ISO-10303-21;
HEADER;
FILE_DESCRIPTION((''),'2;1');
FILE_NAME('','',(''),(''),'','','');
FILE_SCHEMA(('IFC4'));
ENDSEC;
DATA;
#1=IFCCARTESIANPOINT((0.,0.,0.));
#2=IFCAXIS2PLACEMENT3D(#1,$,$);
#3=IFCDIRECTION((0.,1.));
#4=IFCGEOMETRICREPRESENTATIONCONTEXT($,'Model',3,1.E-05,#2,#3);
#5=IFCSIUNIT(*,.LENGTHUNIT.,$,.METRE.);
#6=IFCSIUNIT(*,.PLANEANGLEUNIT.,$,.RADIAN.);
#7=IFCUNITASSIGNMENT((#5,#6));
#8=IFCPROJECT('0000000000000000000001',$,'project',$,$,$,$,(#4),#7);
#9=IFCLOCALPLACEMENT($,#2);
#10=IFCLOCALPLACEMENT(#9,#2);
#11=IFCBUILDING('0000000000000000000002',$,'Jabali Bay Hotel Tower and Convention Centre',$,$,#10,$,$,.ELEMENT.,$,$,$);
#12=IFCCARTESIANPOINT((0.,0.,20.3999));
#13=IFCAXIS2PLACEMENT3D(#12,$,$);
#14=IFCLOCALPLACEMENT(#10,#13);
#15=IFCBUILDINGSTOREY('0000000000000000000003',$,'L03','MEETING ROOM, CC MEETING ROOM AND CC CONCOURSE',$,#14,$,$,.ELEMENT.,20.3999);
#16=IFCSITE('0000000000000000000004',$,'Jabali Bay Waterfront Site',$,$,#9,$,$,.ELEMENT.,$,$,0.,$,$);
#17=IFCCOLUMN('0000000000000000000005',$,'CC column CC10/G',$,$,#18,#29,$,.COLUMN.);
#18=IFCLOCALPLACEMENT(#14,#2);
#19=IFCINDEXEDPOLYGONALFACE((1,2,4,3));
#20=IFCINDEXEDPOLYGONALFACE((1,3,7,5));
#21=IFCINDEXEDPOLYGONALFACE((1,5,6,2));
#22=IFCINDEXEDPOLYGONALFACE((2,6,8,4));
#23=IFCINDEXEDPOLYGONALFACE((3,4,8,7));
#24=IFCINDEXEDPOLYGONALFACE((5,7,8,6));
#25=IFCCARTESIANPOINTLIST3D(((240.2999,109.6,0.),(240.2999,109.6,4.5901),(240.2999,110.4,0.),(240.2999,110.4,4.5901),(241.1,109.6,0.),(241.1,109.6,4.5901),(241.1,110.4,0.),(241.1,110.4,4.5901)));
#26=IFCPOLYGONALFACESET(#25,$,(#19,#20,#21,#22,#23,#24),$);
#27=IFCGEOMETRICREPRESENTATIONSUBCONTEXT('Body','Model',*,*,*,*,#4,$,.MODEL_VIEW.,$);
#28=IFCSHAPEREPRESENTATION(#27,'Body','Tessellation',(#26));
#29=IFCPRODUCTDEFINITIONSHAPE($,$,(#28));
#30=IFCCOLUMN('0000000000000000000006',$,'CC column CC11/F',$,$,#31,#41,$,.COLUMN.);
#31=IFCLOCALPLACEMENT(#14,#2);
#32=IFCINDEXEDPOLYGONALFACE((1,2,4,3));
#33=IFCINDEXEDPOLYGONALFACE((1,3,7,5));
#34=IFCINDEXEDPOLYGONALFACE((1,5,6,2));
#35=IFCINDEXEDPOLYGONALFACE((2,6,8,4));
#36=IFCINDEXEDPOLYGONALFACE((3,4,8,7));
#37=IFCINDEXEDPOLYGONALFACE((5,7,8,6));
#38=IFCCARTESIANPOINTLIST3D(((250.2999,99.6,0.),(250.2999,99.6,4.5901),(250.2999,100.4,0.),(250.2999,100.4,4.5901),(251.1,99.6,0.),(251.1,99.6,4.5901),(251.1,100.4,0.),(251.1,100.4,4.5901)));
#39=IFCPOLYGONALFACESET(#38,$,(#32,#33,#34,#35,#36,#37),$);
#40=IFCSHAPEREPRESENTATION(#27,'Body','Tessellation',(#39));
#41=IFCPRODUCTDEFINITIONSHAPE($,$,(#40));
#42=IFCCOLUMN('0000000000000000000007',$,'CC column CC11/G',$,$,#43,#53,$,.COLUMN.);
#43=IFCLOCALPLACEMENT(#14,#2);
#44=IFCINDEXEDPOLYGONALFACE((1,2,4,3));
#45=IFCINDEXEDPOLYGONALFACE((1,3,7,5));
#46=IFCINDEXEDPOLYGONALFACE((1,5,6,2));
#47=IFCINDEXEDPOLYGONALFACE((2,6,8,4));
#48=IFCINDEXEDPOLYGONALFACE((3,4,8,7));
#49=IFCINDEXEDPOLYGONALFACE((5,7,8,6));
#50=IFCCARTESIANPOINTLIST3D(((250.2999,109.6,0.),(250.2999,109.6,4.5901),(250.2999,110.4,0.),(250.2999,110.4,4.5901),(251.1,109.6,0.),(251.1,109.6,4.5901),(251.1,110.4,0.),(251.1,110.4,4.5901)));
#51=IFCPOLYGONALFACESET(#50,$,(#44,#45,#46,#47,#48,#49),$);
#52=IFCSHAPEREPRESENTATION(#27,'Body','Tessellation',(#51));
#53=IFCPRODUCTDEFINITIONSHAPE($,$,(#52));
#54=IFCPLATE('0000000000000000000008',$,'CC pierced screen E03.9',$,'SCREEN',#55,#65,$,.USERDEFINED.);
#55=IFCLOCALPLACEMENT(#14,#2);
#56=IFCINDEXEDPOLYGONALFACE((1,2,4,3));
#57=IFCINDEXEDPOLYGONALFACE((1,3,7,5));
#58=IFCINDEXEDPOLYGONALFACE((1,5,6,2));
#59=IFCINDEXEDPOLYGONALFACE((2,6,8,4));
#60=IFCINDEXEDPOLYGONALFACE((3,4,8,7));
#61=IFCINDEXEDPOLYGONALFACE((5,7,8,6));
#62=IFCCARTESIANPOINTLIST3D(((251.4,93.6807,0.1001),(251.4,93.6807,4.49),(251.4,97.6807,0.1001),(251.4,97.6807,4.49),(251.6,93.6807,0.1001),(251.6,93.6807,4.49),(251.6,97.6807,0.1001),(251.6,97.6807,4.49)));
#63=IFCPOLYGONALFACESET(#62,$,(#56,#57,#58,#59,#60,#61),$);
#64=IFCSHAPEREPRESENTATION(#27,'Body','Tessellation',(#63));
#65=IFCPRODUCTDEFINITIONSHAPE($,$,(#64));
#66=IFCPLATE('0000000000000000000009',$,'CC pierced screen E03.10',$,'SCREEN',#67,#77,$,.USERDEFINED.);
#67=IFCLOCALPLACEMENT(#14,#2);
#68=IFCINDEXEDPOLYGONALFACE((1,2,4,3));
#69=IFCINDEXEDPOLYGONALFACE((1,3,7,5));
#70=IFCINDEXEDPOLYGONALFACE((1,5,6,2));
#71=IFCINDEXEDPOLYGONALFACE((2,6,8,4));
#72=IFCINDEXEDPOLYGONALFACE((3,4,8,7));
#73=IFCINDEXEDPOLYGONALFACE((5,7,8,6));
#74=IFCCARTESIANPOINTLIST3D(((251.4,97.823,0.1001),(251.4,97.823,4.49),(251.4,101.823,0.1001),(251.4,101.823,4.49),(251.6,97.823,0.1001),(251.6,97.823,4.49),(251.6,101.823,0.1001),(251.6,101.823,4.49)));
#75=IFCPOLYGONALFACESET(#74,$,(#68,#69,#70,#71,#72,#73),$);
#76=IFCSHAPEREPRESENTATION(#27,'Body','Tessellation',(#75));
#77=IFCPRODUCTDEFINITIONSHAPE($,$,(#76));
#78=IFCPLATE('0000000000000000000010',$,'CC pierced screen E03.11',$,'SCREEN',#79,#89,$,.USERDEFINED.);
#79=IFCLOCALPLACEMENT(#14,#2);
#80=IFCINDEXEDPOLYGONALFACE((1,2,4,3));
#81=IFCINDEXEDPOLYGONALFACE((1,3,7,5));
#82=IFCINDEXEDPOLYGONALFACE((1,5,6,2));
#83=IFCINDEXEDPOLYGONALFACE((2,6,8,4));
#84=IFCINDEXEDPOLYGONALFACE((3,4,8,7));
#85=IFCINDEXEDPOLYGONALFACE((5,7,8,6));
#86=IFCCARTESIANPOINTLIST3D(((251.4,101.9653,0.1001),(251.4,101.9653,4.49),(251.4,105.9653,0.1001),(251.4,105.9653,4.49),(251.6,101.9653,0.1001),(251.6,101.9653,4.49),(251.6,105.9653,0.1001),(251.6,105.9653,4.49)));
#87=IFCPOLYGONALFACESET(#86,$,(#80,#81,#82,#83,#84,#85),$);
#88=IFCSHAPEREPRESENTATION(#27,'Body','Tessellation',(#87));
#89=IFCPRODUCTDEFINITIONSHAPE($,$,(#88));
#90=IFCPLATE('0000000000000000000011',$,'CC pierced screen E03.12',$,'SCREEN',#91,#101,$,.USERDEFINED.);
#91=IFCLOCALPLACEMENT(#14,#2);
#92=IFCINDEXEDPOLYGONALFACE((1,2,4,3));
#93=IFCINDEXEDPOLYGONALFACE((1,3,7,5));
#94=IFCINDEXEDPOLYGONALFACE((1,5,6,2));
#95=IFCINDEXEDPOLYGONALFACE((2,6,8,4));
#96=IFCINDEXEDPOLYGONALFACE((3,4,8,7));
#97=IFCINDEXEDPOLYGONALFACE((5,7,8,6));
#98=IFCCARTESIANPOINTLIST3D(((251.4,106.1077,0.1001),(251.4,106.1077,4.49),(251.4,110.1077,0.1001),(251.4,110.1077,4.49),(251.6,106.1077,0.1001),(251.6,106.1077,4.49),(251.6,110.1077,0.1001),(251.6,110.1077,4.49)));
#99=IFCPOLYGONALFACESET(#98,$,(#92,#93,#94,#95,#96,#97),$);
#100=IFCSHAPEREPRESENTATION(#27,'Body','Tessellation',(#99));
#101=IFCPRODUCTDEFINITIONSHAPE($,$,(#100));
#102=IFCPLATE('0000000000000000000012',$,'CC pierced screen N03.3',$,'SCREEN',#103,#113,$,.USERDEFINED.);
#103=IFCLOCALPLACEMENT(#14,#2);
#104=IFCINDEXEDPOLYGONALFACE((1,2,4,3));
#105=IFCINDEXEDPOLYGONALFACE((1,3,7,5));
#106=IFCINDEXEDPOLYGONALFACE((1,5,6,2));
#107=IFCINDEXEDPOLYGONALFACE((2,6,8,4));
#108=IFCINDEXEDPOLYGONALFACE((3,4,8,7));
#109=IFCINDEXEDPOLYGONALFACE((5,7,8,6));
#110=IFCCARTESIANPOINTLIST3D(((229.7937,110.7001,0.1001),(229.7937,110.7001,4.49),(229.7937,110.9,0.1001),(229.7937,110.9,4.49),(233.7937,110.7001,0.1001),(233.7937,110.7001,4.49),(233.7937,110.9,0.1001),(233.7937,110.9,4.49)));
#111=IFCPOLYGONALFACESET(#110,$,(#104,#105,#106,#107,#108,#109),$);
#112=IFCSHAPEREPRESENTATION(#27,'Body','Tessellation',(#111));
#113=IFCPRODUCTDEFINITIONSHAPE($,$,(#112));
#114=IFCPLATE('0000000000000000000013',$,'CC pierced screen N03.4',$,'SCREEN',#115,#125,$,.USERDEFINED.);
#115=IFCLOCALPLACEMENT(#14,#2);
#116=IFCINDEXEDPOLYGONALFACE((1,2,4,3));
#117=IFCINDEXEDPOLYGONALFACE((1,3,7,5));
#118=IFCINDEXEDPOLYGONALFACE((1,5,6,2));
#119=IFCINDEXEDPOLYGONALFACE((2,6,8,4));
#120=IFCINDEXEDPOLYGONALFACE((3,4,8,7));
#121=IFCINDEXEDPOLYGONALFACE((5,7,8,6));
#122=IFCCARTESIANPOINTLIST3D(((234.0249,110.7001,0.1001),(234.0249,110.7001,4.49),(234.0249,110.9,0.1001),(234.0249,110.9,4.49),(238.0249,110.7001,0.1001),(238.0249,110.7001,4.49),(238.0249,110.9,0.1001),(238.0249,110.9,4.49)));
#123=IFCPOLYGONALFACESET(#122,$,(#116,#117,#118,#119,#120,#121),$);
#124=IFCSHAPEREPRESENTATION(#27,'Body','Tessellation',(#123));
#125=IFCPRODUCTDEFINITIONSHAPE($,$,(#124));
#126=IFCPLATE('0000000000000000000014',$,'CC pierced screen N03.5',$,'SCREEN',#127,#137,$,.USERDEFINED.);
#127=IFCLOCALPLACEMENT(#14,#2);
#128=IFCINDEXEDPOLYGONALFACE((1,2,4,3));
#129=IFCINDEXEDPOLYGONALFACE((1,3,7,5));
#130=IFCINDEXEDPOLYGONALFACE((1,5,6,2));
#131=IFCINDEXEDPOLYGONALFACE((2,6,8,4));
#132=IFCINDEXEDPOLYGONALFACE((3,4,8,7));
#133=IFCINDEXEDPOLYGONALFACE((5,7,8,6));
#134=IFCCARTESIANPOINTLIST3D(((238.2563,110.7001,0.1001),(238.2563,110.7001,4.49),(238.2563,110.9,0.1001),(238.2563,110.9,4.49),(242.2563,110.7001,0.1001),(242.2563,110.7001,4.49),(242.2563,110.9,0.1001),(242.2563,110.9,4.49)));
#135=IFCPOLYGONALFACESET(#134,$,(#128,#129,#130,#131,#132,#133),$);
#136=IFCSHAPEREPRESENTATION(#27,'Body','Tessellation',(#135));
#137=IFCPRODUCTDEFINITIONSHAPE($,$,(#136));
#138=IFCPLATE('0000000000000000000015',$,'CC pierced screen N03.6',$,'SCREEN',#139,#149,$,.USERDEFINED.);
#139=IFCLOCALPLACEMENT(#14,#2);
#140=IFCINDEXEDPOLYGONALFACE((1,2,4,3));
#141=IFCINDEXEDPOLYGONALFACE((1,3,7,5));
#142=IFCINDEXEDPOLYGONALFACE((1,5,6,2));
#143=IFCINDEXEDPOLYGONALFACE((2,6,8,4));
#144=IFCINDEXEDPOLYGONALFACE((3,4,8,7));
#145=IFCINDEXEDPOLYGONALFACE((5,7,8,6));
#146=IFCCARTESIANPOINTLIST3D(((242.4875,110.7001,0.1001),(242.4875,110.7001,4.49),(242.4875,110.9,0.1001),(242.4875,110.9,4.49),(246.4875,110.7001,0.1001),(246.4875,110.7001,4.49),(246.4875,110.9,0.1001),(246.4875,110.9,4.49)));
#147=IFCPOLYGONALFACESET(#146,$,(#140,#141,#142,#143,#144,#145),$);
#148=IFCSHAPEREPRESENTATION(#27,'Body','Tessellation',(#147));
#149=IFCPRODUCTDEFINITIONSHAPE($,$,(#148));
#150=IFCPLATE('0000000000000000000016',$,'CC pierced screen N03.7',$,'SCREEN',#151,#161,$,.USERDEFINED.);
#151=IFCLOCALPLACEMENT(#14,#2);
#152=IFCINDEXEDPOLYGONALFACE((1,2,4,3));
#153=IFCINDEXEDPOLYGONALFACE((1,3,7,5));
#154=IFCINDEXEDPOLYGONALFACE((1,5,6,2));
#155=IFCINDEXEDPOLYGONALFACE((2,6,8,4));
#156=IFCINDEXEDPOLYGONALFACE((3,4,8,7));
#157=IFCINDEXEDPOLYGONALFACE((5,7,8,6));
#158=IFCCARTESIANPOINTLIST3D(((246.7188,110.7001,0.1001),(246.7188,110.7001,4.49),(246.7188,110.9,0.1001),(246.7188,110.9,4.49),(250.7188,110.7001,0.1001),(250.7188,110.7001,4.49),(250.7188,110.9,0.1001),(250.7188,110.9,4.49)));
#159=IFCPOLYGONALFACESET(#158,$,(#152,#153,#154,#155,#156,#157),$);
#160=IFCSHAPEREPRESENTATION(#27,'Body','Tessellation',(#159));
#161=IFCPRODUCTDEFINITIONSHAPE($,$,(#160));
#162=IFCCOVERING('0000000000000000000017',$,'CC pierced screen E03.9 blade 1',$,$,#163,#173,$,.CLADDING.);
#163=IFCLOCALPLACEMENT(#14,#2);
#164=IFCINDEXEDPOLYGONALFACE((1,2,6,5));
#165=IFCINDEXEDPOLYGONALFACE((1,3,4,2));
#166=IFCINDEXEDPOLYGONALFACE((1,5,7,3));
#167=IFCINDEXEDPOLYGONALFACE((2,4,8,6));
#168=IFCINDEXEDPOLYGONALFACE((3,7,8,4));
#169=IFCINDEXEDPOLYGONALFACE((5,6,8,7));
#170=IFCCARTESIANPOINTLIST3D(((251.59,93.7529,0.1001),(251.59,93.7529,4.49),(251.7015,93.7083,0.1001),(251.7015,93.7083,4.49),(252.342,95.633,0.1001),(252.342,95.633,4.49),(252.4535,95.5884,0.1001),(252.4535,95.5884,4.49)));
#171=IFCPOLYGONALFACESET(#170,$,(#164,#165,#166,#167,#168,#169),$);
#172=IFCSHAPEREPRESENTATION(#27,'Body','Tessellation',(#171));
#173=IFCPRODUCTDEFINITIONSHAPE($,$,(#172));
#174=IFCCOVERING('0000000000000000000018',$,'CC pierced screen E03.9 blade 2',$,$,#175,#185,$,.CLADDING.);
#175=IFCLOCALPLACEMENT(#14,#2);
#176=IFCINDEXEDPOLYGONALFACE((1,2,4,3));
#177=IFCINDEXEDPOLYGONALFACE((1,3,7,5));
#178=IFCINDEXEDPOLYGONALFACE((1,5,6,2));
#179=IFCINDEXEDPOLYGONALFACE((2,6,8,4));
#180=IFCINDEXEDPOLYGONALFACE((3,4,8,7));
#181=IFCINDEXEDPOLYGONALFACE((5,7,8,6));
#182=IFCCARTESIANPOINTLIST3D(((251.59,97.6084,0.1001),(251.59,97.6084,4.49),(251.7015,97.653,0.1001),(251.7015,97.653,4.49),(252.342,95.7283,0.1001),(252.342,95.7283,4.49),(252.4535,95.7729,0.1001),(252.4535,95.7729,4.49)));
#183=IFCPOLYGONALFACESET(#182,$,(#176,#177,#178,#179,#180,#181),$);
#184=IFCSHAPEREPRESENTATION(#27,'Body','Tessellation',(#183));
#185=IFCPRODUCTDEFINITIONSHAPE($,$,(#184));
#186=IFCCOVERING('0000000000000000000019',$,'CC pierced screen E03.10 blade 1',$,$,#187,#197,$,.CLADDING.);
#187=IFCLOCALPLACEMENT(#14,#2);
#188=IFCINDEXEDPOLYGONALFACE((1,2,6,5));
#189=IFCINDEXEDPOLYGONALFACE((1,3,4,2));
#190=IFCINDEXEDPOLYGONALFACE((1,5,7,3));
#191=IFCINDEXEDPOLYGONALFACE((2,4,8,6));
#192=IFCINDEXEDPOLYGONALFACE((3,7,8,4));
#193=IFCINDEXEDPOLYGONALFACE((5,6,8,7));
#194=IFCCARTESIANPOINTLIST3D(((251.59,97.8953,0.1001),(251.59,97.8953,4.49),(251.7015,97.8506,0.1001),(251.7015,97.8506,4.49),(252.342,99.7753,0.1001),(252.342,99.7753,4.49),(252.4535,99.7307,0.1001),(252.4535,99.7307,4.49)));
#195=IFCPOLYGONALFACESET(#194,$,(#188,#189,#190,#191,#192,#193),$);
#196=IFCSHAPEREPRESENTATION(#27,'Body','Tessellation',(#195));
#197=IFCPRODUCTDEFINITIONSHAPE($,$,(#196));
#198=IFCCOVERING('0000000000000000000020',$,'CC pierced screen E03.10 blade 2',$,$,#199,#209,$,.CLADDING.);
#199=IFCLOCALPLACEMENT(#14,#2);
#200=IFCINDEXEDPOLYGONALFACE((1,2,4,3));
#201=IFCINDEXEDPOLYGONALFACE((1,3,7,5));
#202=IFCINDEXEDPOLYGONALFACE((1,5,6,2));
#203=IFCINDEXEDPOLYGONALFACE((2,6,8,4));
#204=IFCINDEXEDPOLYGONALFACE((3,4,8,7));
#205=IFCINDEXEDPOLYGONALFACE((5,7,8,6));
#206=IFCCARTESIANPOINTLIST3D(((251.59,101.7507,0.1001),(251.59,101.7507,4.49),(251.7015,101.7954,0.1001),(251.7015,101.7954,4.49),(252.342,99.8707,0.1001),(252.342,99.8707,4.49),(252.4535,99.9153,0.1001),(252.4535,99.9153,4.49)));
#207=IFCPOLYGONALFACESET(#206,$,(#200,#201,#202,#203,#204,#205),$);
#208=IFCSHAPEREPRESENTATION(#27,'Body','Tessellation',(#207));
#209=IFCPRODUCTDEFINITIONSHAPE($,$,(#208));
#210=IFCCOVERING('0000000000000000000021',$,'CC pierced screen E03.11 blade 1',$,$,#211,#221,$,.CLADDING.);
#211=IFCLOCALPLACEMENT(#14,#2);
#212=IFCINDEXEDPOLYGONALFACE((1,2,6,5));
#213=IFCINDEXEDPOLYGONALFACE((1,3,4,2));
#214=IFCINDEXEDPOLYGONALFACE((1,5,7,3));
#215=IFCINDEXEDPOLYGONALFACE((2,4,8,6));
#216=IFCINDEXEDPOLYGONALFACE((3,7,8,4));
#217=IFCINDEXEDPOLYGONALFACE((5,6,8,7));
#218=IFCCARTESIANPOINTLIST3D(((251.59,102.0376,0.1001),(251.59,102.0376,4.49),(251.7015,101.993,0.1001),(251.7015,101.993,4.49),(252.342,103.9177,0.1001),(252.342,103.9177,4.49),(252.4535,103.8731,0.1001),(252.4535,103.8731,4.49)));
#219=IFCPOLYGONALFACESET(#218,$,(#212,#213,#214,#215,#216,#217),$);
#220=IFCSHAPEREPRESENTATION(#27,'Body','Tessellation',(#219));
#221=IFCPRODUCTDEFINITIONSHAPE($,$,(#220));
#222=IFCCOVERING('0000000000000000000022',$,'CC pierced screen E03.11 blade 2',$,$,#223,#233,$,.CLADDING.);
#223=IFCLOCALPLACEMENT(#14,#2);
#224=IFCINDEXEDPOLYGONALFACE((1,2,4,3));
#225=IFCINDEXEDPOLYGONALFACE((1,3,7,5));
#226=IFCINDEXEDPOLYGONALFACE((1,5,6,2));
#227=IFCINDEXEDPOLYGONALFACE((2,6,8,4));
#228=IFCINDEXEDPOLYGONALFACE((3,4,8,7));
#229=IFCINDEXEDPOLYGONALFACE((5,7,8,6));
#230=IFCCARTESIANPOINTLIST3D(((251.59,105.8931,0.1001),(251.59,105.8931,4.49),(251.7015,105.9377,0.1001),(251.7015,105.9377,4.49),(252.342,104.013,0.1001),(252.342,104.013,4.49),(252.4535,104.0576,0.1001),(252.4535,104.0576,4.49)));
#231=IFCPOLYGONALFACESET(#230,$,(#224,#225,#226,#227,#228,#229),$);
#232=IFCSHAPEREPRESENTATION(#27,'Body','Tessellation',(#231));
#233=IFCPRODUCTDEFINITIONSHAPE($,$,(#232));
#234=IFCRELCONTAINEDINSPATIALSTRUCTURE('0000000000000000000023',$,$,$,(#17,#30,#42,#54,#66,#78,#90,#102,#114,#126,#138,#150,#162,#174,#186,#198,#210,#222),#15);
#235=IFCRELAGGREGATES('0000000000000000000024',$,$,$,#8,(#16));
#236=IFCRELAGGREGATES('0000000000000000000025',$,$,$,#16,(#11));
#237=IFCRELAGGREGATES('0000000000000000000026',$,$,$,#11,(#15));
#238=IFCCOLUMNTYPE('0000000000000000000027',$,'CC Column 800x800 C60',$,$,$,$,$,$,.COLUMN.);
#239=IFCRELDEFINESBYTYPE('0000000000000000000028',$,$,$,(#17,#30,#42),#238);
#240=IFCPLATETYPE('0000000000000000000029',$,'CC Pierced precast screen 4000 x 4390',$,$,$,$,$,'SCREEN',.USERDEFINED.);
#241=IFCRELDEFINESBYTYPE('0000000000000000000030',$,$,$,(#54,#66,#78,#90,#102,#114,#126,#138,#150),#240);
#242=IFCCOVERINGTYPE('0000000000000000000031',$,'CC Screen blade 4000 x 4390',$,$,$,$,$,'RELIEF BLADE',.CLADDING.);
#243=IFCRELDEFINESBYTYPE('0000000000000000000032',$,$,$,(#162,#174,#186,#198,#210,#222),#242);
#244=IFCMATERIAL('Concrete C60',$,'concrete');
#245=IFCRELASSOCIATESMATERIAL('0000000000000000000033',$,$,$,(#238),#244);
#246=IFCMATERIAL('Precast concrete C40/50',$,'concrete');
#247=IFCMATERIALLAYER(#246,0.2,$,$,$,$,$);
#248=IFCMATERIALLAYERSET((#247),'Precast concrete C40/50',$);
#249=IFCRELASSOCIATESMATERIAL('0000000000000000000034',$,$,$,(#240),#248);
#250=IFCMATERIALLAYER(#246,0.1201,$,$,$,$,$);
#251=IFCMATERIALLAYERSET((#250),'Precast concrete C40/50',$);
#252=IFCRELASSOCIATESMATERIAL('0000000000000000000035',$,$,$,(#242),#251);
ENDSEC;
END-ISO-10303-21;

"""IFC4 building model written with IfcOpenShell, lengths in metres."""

from ifc_helpers import new_model, si_unit, direction, frame, origin, origin_2d, place, context, subcontext, project, spatial, rectangle, extrude, material, layer, layer_set, material_profile, profile_set, type_object, element, save


model = new_model("IFC4")

# Units and contexts
model_context = context("Model", 3, precision=1e-05, world=origin(), true_north=direction((0.0, 1.0)))
body_context = subcontext(model_context, "Body", "Model", "MODEL_VIEW")
ifc_project = project(units=[si_unit("LENGTHUNIT", "METRE"), si_unit("PLANEANGLEUNIT", "RADIAN")], contexts=[model_context])

# Site, building, storey
site_placement = place(None, origin())
site = spatial("IfcSite", under=ifc_project, at=site_placement, Name="Jabali Bay Waterfront Site", CompositionType="ELEMENT", RefElevation=0.0)
building_placement = place(site_placement, origin())
building = spatial("IfcBuilding", under=site, at=building_placement, Name="Jabali Bay Hotel Tower and Convention Centre", CompositionType="ELEMENT")
storey_placement = place(building_placement, frame((0.0, 0.0, 20.3999)))
storey = spatial("IfcBuildingStorey", under=building, at=storey_placement, Name="L03", Description="MEETING ROOM, CC MEETING ROOM AND CC CONCOURSE", CompositionType="ELEMENT", Elevation=20.3999)

# Columns
ifc_material_1 = material(Name="Concrete C60", Category="concrete")
ifc_material_profile = material_profile(ifc_material_1, rectangle(XDim=0.8, YDim=0.8, at=origin_2d()), Name="RC 800x800")
ifc_profile_set = profile_set([ifc_material_profile], Name="Concrete C60")
column_type = type_object("IfcColumnType", Name="CC Column 800x800 C60", PredefinedType="COLUMN", material=ifc_profile_set)
for number, where, z_axis, x_axis, name in (
    (1, (240.7, 110.0, 0.0), (0.0, 0.0, 1.0), (1.0, 0.0, 0.0), "CC column CC10/G"),
    (2, (250.7, 100.0, 0.0), (0.0, 0.0, 1.0), (1.0, 0.0, 0.0), "CC column CC11/F"),
    (3, (250.7, 110.0, 0.0), (0.0, 0.0, 1.0), (1.0, 0.0, 0.0), "CC column CC11/G"),
):
    element("IfcColumn", number, at=place(storey_placement, frame(where, z_axis=z_axis, x_axis=x_axis)), inside=storey, type_object=column_type, Name=name, PredefinedType="COLUMN", context=body_context, shape_type="SweptSolid", body=[
        extrude(rectangle(XDim=0.8, YDim=0.8, at=origin_2d()), origin(), (0.0, 0.0, 1.0), 4.5901),
    ])

# Plates
ifc_material_2 = material(Name="Precast concrete C40/50", Category="concrete")
ifc_layer_1 = layer(ifc_material_2, 0.2)
ifc_layer_set_1 = layer_set([ifc_layer_1], Name="Precast concrete C40/50")
plate_type = type_object("IfcPlateType", Name="CC Pierced precast screen 4000 x 4390", ElementType="SCREEN", PredefinedType="USERDEFINED", material=ifc_layer_set_1)
for number, where, z_axis, x_axis, name in (
    (4, (251.5, 95.6807, 0.1001), (0.0, 0.0, 1.0), (1.0, 0.0, 0.0), "CC pierced screen E03.9"),
    (5, (251.5, 99.823, 0.1001), (0.0, 0.0, 1.0), (1.0, 0.0, 0.0), "CC pierced screen E03.10"),
    (6, (251.5, 103.9653, 0.1001), (0.0, 0.0, 1.0), (1.0, 0.0, 0.0), "CC pierced screen E03.11"),
    (7, (251.5, 108.1077, 0.1001), (0.0, 0.0, 1.0), (1.0, 0.0, 0.0), "CC pierced screen E03.12"),
):
    element("IfcPlate", number, at=place(storey_placement, frame(where, z_axis=z_axis, x_axis=x_axis)), inside=storey, type_object=plate_type, Name=name, ObjectType="SCREEN", PredefinedType="USERDEFINED", context=body_context, shape_type="SweptSolid", body=[
        extrude(rectangle(XDim=0.2, YDim=4.0, at=origin_2d()), origin(), (0.0, 0.0, 1.0), 4.3899),
    ])
for number, where, z_axis, x_axis, name in (
    (8, (231.7937, 110.8, 0.1001), (0.0, 0.0, 1.0), (1.0, 0.0, 0.0), "CC pierced screen N03.3"),
    (9, (236.0249, 110.8, 0.1001), (0.0, 0.0, 1.0), (1.0, 0.0, 0.0), "CC pierced screen N03.4"),
    (10, (240.2563, 110.8, 0.1001), (0.0, 0.0, 1.0), (1.0, 0.0, 0.0), "CC pierced screen N03.5"),
    (11, (244.4875, 110.8, 0.1001), (0.0, 0.0, 1.0), (1.0, 0.0, 0.0), "CC pierced screen N03.6"),
    (12, (248.7188, 110.8, 0.1001), (0.0, 0.0, 1.0), (1.0, 0.0, 0.0), "CC pierced screen N03.7"),
):
    element("IfcPlate", number, at=place(storey_placement, frame(where, z_axis=z_axis, x_axis=x_axis)), inside=storey, type_object=plate_type, Name=name, ObjectType="SCREEN", PredefinedType="USERDEFINED", context=body_context, shape_type="SweptSolid", body=[
        extrude(rectangle(XDim=4.0, YDim=0.2, at=origin_2d()), origin(), (0.0, 0.0, 1.0), 4.3899),
    ])

# Coverings
ifc_layer_2 = layer(ifc_material_2, 0.1201)
ifc_layer_set_2 = layer_set([ifc_layer_2], Name="Precast concrete C40/50")
covering_type = type_object("IfcCoveringType", Name="CC Screen blade 4000 x 4390", ElementType="RELIEF BLADE", PredefinedType="CLADDING", material=ifc_layer_set_2)
for number, where, z_axis, x_axis, name in (
    (13, (252.0217, 94.6707, 0.1001), (0.0, 0.0, 1.0), (0.371391, 0.928477, 0.0), "CC pierced screen E03.9 blade 1"),
    (14, (252.0217, 96.6907, 0.1001), (0.0, 0.0, 1.0), (0.371391, -0.928477, 0.0), "CC pierced screen E03.9 blade 2"),
    (15, (252.0217, 98.813, 0.1001), (0.0, 0.0, 1.0), (0.371391, 0.928477, 0.0), "CC pierced screen E03.10 blade 1"),
    (16, (252.0217, 100.833, 0.1001), (0.0, 0.0, 1.0), (0.371391, -0.928477, 0.0), "CC pierced screen E03.10 blade 2"),
    (17, (252.0217, 102.9553, 0.1001), (0.0, 0.0, 1.0), (0.371391, 0.928477, 0.0), "CC pierced screen E03.11 blade 1"),
    (18, (252.0217, 104.9753, 0.1001), (0.0, 0.0, 1.0), (0.371391, -0.928477, 0.0), "CC pierced screen E03.11 blade 2"),
):
    element("IfcCovering", number, at=place(storey_placement, frame(where, z_axis=z_axis, x_axis=x_axis)), inside=storey, type_object=covering_type, Name=name, PredefinedType="CLADDING", context=body_context, shape_type="SweptSolid", body=[
        extrude(rectangle(XDim=2.0249, YDim=0.1201, at=origin_2d()), origin(), (0.0, 0.0, 1.0), 4.3899),
    ])

save(model, "model.ifc")
